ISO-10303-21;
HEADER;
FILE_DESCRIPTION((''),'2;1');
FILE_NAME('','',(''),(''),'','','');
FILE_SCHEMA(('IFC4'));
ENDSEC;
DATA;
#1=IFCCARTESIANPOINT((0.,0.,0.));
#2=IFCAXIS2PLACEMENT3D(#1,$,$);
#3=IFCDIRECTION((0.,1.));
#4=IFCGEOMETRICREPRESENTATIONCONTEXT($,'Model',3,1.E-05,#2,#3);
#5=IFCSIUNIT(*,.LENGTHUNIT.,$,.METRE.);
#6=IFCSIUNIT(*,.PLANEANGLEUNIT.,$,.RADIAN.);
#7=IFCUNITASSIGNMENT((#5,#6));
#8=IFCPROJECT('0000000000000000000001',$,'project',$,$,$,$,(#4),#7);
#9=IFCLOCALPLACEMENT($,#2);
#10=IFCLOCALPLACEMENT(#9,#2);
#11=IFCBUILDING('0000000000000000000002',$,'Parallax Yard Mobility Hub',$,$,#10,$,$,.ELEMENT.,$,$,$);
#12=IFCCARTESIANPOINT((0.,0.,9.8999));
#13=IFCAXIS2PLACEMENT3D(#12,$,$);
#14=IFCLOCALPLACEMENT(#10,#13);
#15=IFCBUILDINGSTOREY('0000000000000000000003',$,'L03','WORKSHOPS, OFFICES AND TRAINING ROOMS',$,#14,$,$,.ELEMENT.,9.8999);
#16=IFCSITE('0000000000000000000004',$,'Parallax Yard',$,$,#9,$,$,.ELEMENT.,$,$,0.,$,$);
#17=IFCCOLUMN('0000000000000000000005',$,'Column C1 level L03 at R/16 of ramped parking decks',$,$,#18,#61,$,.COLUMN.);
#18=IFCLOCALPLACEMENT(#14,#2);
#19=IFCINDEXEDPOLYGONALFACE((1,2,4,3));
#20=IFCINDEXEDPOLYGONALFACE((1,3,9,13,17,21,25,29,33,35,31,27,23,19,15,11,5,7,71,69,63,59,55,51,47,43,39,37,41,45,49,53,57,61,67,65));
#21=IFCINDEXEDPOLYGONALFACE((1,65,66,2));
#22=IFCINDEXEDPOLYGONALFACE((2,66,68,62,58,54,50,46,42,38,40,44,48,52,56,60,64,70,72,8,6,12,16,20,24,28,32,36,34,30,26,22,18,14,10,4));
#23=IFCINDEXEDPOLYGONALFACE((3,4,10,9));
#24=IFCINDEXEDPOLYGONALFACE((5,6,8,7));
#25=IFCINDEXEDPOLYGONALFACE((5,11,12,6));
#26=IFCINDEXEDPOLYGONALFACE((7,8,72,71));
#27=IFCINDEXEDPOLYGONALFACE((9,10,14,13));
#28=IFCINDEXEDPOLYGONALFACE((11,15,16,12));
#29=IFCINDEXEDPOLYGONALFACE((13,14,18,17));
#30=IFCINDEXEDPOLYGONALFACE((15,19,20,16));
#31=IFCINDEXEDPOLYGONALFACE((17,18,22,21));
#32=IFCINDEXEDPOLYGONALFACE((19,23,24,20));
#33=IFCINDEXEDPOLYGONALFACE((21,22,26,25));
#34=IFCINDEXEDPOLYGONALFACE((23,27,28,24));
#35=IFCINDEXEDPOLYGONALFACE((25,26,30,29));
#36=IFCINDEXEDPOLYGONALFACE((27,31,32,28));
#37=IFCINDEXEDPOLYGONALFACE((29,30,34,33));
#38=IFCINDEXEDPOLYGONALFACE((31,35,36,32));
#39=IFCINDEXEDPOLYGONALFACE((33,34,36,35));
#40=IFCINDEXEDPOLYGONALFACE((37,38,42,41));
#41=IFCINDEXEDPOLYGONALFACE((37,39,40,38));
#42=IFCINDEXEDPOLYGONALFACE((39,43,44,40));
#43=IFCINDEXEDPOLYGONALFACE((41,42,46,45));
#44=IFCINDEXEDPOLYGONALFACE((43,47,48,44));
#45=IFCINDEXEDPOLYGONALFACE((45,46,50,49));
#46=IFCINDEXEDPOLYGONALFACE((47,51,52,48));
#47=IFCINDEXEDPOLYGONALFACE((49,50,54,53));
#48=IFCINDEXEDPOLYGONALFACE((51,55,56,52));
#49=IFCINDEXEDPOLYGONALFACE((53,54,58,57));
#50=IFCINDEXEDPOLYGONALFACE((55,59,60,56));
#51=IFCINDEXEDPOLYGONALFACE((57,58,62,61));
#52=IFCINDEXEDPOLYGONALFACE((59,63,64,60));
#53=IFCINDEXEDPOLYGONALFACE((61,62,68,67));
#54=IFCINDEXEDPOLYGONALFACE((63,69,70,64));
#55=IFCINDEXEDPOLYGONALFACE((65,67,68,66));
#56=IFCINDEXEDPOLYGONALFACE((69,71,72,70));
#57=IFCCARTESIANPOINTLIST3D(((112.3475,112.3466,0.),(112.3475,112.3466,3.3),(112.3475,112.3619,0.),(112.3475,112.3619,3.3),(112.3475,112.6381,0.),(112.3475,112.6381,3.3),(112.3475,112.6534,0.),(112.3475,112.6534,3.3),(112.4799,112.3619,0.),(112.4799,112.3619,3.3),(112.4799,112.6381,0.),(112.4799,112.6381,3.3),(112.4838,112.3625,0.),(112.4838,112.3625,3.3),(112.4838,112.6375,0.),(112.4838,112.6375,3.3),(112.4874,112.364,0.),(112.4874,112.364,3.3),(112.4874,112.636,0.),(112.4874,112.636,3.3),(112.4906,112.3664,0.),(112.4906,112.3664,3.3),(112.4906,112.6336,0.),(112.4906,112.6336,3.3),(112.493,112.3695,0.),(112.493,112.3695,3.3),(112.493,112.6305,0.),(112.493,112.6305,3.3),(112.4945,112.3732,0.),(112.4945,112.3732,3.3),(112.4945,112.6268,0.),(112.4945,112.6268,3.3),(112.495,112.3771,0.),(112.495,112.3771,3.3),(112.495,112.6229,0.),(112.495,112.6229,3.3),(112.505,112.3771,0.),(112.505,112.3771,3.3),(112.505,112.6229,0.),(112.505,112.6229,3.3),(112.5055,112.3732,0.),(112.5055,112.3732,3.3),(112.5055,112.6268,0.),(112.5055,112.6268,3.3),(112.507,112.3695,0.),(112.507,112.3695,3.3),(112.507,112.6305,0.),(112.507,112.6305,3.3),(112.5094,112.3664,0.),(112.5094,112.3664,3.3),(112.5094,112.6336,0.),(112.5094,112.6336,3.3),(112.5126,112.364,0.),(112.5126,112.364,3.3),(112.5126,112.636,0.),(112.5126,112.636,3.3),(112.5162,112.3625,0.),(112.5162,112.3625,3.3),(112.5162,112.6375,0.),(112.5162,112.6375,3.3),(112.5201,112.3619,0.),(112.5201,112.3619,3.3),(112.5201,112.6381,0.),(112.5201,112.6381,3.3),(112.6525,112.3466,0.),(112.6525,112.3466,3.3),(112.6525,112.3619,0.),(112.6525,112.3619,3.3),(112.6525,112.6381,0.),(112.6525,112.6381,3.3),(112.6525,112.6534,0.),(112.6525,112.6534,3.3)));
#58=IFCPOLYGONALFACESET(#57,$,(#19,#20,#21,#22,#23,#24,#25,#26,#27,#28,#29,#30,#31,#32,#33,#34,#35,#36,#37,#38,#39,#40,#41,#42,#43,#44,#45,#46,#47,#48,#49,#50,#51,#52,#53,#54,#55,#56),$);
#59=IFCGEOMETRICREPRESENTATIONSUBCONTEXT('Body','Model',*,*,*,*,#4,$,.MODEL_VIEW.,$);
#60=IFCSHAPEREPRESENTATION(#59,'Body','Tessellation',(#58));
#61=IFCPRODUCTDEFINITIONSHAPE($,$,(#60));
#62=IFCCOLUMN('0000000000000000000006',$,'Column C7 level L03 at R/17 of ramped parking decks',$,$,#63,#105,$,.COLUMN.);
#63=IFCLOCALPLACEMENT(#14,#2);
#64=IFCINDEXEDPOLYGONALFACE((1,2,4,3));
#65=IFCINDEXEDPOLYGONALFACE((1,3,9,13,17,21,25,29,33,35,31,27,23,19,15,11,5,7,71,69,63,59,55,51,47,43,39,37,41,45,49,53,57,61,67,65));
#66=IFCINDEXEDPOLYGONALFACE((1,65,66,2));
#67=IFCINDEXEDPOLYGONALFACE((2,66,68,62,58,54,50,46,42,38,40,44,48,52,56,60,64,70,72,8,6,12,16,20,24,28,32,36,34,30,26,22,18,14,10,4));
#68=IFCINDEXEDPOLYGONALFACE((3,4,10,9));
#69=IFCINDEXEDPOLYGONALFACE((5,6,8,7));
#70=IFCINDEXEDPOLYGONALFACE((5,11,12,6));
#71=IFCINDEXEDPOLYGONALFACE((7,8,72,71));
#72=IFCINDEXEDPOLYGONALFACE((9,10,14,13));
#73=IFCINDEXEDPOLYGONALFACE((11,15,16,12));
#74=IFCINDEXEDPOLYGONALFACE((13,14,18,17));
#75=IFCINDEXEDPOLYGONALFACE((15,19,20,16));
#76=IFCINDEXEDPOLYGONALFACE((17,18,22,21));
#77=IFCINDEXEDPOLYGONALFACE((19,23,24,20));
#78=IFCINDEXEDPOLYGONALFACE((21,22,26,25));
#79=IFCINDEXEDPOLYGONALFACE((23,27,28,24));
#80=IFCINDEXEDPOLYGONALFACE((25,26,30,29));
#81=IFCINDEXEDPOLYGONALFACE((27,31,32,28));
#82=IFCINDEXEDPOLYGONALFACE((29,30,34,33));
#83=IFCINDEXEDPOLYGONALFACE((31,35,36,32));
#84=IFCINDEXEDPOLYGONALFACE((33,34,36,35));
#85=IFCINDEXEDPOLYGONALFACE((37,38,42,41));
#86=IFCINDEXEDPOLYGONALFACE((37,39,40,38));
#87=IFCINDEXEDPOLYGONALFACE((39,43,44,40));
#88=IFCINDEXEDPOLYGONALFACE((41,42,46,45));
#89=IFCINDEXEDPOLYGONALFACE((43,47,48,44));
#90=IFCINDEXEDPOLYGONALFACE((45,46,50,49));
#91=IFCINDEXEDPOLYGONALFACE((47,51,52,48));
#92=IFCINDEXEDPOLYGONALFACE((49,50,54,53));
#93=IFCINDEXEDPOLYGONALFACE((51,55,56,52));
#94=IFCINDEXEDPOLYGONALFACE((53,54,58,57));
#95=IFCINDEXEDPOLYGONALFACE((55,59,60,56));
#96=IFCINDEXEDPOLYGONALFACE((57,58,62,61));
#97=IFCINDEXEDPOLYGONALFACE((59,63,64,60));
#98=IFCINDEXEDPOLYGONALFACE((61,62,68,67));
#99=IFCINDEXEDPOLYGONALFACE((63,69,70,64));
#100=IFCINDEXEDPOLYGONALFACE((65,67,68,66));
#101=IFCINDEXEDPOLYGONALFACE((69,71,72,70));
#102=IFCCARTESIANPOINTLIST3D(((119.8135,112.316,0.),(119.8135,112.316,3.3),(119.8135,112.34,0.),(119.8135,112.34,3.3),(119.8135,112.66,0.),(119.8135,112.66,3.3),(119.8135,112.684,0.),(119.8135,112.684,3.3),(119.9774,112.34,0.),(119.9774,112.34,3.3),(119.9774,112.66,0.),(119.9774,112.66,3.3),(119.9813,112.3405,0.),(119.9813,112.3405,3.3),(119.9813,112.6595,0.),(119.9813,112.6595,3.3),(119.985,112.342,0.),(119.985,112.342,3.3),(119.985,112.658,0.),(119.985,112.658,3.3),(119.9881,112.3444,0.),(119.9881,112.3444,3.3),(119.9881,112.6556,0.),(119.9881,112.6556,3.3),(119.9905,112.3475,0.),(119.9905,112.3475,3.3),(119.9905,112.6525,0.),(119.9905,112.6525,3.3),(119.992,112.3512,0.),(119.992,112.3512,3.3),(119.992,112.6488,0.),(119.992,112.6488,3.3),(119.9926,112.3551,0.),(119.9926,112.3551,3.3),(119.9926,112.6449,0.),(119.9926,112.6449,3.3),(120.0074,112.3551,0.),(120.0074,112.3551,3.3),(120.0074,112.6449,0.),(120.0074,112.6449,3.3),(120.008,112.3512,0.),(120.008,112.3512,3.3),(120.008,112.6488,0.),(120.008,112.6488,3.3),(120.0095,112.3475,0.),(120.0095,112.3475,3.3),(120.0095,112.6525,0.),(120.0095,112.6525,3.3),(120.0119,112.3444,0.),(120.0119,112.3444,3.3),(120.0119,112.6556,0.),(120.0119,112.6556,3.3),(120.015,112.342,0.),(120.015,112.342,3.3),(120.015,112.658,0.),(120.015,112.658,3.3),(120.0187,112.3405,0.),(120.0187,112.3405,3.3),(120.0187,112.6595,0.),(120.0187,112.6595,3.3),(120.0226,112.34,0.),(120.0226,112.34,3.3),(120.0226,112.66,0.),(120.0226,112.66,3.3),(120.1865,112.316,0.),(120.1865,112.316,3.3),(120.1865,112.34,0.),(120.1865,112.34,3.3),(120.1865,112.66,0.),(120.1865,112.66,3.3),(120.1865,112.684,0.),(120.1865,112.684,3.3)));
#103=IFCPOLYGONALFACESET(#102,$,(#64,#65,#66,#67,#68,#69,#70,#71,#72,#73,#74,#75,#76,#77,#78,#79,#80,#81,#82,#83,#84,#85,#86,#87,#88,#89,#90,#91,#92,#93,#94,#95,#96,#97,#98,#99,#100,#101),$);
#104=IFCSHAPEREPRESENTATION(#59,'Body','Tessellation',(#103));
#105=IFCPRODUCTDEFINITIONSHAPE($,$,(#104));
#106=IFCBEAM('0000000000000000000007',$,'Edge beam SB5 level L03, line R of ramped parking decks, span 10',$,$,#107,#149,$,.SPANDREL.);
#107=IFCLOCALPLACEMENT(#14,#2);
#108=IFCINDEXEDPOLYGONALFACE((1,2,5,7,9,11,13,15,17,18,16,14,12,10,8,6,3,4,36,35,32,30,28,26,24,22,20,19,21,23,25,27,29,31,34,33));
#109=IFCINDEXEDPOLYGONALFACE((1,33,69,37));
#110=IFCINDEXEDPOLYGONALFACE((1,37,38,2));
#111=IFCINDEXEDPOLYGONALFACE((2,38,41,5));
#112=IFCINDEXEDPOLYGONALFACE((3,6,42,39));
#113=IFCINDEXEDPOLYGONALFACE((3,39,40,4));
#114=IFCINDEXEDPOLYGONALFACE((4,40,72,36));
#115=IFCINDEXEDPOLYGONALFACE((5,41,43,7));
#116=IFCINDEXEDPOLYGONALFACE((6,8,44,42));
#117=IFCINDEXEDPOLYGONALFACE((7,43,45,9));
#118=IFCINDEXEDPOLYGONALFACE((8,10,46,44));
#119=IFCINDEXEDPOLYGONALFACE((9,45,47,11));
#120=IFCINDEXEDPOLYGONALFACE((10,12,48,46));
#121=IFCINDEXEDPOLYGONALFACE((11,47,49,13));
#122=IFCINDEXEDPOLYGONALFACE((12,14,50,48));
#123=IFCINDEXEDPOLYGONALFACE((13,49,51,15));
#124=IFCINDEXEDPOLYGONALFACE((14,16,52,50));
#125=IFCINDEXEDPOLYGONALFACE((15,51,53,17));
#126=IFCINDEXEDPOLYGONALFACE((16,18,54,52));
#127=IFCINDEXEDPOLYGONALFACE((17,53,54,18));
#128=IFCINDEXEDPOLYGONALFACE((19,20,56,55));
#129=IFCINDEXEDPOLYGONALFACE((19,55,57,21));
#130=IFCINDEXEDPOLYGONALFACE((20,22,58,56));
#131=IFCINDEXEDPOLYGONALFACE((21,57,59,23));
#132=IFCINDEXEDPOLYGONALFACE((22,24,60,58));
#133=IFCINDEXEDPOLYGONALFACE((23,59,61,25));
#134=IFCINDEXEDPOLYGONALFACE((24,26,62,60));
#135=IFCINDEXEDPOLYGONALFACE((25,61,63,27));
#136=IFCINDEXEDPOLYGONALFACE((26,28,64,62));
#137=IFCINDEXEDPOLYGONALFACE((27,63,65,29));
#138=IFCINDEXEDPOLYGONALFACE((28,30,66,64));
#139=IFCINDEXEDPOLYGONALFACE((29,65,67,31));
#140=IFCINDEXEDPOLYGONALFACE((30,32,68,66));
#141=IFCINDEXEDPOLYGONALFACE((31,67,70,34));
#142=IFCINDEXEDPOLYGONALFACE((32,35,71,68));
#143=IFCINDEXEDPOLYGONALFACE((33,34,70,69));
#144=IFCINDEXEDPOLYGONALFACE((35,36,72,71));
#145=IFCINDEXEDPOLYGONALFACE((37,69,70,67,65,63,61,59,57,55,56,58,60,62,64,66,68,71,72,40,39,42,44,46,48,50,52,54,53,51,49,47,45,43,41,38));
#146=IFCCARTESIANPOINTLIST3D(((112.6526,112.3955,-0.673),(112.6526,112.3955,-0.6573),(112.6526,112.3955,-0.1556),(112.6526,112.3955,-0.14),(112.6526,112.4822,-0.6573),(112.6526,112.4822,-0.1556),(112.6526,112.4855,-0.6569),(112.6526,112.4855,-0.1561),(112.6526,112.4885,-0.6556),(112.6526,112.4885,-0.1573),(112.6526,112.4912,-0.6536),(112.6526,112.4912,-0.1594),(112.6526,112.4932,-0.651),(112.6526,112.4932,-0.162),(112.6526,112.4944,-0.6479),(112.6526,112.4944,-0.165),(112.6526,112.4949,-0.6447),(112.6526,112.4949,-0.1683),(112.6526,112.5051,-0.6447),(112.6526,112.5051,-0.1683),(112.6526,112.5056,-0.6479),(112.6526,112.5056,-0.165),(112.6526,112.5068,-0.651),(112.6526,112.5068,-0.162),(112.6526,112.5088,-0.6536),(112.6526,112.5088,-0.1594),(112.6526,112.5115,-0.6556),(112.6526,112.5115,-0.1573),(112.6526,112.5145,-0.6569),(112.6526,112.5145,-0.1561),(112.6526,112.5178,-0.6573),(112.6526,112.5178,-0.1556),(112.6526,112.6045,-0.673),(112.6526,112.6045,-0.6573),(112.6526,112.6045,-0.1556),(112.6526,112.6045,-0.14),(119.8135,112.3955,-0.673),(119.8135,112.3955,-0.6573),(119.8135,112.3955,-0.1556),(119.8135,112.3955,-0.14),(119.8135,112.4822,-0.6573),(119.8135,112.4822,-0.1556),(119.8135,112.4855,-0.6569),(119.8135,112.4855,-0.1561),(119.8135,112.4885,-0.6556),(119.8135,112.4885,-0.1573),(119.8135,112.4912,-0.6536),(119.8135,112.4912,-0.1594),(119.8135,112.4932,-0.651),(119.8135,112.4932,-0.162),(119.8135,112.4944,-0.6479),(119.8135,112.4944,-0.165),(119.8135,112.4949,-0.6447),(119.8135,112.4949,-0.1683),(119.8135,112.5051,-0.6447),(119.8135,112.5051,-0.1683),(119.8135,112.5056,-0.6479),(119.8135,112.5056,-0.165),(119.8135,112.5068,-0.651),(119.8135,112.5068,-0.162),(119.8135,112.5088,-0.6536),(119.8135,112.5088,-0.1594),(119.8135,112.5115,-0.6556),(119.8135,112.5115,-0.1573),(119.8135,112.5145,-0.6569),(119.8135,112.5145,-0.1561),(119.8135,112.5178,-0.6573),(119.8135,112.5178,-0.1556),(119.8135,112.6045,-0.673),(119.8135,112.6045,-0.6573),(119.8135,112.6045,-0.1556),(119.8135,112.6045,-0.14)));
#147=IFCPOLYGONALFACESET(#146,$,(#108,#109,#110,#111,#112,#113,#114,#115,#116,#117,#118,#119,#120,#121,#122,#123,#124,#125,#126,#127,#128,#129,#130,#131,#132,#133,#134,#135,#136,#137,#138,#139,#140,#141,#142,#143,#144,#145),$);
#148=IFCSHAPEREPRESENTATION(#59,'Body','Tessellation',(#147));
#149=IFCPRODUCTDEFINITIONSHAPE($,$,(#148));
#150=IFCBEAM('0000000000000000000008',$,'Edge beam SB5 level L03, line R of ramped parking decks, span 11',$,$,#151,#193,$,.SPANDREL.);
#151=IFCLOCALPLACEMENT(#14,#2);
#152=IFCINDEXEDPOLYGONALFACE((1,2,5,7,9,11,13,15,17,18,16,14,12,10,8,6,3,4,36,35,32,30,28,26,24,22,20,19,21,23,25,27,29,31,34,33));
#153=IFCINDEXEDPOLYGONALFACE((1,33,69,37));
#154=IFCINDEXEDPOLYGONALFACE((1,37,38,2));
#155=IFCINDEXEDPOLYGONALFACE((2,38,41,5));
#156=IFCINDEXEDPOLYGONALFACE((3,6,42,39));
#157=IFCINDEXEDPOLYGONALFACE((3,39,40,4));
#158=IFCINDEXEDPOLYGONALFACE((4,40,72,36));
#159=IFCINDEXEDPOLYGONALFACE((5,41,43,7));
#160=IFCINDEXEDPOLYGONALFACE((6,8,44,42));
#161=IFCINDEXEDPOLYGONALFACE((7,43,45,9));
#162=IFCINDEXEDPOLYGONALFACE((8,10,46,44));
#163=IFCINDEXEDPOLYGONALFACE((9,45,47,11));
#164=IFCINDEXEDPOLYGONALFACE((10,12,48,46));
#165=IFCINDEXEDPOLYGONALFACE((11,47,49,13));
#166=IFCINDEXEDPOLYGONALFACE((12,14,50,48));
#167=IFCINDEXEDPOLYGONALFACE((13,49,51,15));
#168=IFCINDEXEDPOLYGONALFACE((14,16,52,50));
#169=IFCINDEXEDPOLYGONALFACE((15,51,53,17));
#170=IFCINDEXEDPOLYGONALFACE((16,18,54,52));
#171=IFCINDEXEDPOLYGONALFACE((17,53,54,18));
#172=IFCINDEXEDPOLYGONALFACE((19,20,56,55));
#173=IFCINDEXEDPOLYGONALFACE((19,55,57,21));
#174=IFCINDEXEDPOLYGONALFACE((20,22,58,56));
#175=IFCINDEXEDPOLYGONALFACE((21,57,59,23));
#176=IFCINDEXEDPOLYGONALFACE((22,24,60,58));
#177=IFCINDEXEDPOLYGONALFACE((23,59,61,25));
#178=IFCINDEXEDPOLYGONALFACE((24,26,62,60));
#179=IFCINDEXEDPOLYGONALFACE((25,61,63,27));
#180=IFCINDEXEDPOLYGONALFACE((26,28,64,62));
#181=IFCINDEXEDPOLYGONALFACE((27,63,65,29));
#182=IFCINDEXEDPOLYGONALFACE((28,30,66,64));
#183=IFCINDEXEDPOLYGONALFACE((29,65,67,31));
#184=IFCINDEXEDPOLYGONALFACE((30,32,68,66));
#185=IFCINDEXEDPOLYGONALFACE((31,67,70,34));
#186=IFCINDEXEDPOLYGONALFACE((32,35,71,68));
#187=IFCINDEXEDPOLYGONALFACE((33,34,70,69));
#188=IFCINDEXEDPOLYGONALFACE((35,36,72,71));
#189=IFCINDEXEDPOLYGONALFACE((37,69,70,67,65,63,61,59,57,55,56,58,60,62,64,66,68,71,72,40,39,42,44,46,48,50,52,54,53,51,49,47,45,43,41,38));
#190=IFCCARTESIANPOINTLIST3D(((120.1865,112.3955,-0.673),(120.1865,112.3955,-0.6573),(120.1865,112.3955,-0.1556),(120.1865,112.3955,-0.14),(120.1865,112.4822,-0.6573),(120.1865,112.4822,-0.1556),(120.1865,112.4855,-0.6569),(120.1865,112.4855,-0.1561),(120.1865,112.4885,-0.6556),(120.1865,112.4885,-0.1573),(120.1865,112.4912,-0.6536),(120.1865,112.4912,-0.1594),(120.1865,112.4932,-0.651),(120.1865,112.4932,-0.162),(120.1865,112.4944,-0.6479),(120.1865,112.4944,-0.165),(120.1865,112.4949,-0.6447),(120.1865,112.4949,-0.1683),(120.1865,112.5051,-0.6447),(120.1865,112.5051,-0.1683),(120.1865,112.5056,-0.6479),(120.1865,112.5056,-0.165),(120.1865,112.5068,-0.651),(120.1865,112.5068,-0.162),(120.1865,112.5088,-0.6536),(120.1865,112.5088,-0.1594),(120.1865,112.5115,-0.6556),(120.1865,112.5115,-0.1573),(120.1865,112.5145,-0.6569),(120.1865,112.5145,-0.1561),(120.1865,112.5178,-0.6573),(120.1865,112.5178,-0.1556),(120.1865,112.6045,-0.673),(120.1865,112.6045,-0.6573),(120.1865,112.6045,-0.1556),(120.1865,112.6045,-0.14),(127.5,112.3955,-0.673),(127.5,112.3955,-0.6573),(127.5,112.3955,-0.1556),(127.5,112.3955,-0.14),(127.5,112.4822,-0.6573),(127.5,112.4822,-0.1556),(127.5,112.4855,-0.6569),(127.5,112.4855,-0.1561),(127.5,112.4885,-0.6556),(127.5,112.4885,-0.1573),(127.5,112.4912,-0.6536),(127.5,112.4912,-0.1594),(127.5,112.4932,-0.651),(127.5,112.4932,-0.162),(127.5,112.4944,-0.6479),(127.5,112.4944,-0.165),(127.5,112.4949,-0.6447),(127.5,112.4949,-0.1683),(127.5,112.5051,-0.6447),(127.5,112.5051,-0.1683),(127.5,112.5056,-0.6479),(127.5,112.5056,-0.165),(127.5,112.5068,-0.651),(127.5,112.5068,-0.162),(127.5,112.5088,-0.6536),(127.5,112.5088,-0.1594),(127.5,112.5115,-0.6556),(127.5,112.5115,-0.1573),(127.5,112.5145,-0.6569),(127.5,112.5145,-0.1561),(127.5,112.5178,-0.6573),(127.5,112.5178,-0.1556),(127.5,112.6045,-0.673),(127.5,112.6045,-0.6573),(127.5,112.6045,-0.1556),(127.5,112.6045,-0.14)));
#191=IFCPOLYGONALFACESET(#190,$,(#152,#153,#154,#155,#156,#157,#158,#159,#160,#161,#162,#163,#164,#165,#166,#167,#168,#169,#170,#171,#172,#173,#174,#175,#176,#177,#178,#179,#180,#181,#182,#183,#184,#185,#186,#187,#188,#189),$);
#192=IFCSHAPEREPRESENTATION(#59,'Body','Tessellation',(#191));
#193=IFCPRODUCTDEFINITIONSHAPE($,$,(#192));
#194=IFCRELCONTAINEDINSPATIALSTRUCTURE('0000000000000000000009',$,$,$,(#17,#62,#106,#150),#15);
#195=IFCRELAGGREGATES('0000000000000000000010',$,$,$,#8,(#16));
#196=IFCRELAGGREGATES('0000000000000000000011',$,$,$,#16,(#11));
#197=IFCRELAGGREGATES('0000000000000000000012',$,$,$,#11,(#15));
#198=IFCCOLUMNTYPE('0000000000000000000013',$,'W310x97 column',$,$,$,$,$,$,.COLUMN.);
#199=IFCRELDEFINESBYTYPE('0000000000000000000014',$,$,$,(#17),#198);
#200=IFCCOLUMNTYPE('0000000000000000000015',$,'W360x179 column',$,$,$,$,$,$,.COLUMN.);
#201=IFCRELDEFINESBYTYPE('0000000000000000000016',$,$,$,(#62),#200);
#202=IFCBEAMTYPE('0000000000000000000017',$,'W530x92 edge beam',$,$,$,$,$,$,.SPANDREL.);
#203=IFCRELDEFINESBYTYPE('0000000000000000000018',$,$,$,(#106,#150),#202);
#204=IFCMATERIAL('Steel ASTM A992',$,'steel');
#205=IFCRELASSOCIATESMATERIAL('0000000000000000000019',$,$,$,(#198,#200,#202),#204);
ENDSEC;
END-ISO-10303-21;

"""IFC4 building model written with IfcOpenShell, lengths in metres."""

from ifc_helpers import new_model, si_unit, direction, frame, origin, origin_2d, place, context, subcontext, project, spatial, i_section, extrude, material, material_profile, profile_set, type_object, element, save


model = new_model("IFC4")

# Units and contexts
model_context = context("Model", 3, precision=1e-05, world=origin(), true_north=direction((0.0, 1.0)))
body_context = subcontext(model_context, "Body", "Model", "MODEL_VIEW")
ifc_project = project(units=[si_unit("LENGTHUNIT", "METRE"), si_unit("PLANEANGLEUNIT", "RADIAN")], contexts=[model_context])

# Site, building, storey
site_placement = place(None, origin())
site = spatial("IfcSite", under=ifc_project, at=site_placement, Name="Parallax Yard", CompositionType="ELEMENT", RefElevation=0.0)
building_placement = place(site_placement, origin())
building = spatial("IfcBuilding", under=site, at=building_placement, Name="Parallax Yard Mobility Hub", CompositionType="ELEMENT")
storey_placement = place(building_placement, frame((0.0, 0.0, 9.8999)))
storey = spatial("IfcBuildingStorey", under=building, at=storey_placement, Name="L03", Description="WORKSHOPS, OFFICES AND TRAINING ROOMS", CompositionType="ELEMENT", Elevation=9.8999)

# Columns
ifc_material_1 = material(Name="Steel ASTM A992", Category="steel")
ifc_material_profile_1 = material_profile(ifc_material_1, i_section(OverallWidth=0.3049, OverallDepth=0.3069, WebThickness=0.01, FlangeThickness=0.0154, FilletRadius=0.0151, at=origin_2d()), Name="W310x97")
ifc_profile_set_1 = profile_set([ifc_material_profile_1], Name="Steel ASTM A992")
column_type_1 = type_object("IfcColumnType", Name="W310x97 column", PredefinedType="COLUMN", material=ifc_profile_set_1)
column_1_placement = place(storey_placement, frame((112.5, 112.5, 0.0), z_axis=(0.0, 0.0, 1.0), x_axis=(1.0, 0.0, 0.0)))
element("IfcColumn", 1, at=column_1_placement, inside=storey, type_object=column_type_1, Name="Column C1 level L03 at R/16 of ramped parking decks", PredefinedType="COLUMN", context=body_context, shape_type="SweptSolid", body=[
    extrude(i_section(OverallWidth=0.3049, OverallDepth=0.3069, WebThickness=0.01, FlangeThickness=0.0154, FilletRadius=0.0151, at=origin_2d()), origin(), (0.0, 0.0, 1.0), 3.3),
])
ifc_material_profile_2 = material_profile(ifc_material_1, i_section(OverallWidth=0.373, OverallDepth=0.3679, WebThickness=0.0149, FlangeThickness=0.0239, FilletRadius=0.0151, at=origin_2d()), Name="W360x179")
ifc_profile_set_2 = profile_set([ifc_material_profile_2], Name="Steel ASTM A992")
column_type_2 = type_object("IfcColumnType", Name="W360x179 column", PredefinedType="COLUMN", material=ifc_profile_set_2)
column_2_placement = place(storey_placement, frame((120.0, 112.5, 0.0), z_axis=(0.0, 0.0, 1.0), x_axis=(1.0, 0.0, 0.0)))
element("IfcColumn", 2, at=column_2_placement, inside=storey, type_object=column_type_2, Name="Column C7 level L03 at R/17 of ramped parking decks", PredefinedType="COLUMN", context=body_context, shape_type="SweptSolid", body=[
    extrude(i_section(OverallWidth=0.373, OverallDepth=0.3679, WebThickness=0.0149, FlangeThickness=0.0239, FilletRadius=0.0151, at=origin_2d()), origin(), (0.0, 0.0, 1.0), 3.3),
])

# Beams
ifc_material_profile_3 = material_profile(ifc_material_1, i_section(OverallWidth=0.209, OverallDepth=0.533, WebThickness=0.0103, FlangeThickness=0.0156, FilletRadius=0.0127, at=origin_2d()), Name="W530x92")
ifc_profile_set_3 = profile_set([ifc_material_profile_3], Name="Steel ASTM A992")
beam_type_1 = type_object("IfcBeamType", Name="W530x92 edge beam", PredefinedType="SPANDREL", material=ifc_profile_set_3)
beam_1_placement = place(storey_placement, frame((112.6526, 112.5, -0.4065), z_axis=(1.0, 0.0, 0.0), x_axis=(0.0, 1.0, 0.0)))
element("IfcBeam", 3, at=beam_1_placement, inside=storey, type_object=beam_type_1, Name="Edge beam SB5 level L03, line R of ramped parking decks, span 10", PredefinedType="SPANDREL", context=body_context, shape_type="SweptSolid", body=[
    extrude(i_section(OverallWidth=0.209, OverallDepth=0.533, WebThickness=0.0103, FlangeThickness=0.0156, FilletRadius=0.0127, at=origin_2d()), origin(), (0.0, 0.0, 1.0), 7.1609),
])
beam_2_placement = place(storey_placement, frame((120.1865, 112.5, -0.4065), z_axis=(1.0, 0.0, 0.0), x_axis=(0.0, 1.0, 0.0)))
element("IfcBeam", 4, at=beam_2_placement, inside=storey, type_object=beam_type_1, Name="Edge beam SB5 level L03, line R of ramped parking decks, span 11", PredefinedType="SPANDREL", context=body_context, shape_type="SweptSolid", body=[
    extrude(i_section(OverallWidth=0.209, OverallDepth=0.533, WebThickness=0.0103, FlangeThickness=0.0156, FilletRadius=0.0127, at=origin_2d()), origin(), (0.0, 0.0, 1.0), 7.3135),
])

save(model, "model.ifc")
